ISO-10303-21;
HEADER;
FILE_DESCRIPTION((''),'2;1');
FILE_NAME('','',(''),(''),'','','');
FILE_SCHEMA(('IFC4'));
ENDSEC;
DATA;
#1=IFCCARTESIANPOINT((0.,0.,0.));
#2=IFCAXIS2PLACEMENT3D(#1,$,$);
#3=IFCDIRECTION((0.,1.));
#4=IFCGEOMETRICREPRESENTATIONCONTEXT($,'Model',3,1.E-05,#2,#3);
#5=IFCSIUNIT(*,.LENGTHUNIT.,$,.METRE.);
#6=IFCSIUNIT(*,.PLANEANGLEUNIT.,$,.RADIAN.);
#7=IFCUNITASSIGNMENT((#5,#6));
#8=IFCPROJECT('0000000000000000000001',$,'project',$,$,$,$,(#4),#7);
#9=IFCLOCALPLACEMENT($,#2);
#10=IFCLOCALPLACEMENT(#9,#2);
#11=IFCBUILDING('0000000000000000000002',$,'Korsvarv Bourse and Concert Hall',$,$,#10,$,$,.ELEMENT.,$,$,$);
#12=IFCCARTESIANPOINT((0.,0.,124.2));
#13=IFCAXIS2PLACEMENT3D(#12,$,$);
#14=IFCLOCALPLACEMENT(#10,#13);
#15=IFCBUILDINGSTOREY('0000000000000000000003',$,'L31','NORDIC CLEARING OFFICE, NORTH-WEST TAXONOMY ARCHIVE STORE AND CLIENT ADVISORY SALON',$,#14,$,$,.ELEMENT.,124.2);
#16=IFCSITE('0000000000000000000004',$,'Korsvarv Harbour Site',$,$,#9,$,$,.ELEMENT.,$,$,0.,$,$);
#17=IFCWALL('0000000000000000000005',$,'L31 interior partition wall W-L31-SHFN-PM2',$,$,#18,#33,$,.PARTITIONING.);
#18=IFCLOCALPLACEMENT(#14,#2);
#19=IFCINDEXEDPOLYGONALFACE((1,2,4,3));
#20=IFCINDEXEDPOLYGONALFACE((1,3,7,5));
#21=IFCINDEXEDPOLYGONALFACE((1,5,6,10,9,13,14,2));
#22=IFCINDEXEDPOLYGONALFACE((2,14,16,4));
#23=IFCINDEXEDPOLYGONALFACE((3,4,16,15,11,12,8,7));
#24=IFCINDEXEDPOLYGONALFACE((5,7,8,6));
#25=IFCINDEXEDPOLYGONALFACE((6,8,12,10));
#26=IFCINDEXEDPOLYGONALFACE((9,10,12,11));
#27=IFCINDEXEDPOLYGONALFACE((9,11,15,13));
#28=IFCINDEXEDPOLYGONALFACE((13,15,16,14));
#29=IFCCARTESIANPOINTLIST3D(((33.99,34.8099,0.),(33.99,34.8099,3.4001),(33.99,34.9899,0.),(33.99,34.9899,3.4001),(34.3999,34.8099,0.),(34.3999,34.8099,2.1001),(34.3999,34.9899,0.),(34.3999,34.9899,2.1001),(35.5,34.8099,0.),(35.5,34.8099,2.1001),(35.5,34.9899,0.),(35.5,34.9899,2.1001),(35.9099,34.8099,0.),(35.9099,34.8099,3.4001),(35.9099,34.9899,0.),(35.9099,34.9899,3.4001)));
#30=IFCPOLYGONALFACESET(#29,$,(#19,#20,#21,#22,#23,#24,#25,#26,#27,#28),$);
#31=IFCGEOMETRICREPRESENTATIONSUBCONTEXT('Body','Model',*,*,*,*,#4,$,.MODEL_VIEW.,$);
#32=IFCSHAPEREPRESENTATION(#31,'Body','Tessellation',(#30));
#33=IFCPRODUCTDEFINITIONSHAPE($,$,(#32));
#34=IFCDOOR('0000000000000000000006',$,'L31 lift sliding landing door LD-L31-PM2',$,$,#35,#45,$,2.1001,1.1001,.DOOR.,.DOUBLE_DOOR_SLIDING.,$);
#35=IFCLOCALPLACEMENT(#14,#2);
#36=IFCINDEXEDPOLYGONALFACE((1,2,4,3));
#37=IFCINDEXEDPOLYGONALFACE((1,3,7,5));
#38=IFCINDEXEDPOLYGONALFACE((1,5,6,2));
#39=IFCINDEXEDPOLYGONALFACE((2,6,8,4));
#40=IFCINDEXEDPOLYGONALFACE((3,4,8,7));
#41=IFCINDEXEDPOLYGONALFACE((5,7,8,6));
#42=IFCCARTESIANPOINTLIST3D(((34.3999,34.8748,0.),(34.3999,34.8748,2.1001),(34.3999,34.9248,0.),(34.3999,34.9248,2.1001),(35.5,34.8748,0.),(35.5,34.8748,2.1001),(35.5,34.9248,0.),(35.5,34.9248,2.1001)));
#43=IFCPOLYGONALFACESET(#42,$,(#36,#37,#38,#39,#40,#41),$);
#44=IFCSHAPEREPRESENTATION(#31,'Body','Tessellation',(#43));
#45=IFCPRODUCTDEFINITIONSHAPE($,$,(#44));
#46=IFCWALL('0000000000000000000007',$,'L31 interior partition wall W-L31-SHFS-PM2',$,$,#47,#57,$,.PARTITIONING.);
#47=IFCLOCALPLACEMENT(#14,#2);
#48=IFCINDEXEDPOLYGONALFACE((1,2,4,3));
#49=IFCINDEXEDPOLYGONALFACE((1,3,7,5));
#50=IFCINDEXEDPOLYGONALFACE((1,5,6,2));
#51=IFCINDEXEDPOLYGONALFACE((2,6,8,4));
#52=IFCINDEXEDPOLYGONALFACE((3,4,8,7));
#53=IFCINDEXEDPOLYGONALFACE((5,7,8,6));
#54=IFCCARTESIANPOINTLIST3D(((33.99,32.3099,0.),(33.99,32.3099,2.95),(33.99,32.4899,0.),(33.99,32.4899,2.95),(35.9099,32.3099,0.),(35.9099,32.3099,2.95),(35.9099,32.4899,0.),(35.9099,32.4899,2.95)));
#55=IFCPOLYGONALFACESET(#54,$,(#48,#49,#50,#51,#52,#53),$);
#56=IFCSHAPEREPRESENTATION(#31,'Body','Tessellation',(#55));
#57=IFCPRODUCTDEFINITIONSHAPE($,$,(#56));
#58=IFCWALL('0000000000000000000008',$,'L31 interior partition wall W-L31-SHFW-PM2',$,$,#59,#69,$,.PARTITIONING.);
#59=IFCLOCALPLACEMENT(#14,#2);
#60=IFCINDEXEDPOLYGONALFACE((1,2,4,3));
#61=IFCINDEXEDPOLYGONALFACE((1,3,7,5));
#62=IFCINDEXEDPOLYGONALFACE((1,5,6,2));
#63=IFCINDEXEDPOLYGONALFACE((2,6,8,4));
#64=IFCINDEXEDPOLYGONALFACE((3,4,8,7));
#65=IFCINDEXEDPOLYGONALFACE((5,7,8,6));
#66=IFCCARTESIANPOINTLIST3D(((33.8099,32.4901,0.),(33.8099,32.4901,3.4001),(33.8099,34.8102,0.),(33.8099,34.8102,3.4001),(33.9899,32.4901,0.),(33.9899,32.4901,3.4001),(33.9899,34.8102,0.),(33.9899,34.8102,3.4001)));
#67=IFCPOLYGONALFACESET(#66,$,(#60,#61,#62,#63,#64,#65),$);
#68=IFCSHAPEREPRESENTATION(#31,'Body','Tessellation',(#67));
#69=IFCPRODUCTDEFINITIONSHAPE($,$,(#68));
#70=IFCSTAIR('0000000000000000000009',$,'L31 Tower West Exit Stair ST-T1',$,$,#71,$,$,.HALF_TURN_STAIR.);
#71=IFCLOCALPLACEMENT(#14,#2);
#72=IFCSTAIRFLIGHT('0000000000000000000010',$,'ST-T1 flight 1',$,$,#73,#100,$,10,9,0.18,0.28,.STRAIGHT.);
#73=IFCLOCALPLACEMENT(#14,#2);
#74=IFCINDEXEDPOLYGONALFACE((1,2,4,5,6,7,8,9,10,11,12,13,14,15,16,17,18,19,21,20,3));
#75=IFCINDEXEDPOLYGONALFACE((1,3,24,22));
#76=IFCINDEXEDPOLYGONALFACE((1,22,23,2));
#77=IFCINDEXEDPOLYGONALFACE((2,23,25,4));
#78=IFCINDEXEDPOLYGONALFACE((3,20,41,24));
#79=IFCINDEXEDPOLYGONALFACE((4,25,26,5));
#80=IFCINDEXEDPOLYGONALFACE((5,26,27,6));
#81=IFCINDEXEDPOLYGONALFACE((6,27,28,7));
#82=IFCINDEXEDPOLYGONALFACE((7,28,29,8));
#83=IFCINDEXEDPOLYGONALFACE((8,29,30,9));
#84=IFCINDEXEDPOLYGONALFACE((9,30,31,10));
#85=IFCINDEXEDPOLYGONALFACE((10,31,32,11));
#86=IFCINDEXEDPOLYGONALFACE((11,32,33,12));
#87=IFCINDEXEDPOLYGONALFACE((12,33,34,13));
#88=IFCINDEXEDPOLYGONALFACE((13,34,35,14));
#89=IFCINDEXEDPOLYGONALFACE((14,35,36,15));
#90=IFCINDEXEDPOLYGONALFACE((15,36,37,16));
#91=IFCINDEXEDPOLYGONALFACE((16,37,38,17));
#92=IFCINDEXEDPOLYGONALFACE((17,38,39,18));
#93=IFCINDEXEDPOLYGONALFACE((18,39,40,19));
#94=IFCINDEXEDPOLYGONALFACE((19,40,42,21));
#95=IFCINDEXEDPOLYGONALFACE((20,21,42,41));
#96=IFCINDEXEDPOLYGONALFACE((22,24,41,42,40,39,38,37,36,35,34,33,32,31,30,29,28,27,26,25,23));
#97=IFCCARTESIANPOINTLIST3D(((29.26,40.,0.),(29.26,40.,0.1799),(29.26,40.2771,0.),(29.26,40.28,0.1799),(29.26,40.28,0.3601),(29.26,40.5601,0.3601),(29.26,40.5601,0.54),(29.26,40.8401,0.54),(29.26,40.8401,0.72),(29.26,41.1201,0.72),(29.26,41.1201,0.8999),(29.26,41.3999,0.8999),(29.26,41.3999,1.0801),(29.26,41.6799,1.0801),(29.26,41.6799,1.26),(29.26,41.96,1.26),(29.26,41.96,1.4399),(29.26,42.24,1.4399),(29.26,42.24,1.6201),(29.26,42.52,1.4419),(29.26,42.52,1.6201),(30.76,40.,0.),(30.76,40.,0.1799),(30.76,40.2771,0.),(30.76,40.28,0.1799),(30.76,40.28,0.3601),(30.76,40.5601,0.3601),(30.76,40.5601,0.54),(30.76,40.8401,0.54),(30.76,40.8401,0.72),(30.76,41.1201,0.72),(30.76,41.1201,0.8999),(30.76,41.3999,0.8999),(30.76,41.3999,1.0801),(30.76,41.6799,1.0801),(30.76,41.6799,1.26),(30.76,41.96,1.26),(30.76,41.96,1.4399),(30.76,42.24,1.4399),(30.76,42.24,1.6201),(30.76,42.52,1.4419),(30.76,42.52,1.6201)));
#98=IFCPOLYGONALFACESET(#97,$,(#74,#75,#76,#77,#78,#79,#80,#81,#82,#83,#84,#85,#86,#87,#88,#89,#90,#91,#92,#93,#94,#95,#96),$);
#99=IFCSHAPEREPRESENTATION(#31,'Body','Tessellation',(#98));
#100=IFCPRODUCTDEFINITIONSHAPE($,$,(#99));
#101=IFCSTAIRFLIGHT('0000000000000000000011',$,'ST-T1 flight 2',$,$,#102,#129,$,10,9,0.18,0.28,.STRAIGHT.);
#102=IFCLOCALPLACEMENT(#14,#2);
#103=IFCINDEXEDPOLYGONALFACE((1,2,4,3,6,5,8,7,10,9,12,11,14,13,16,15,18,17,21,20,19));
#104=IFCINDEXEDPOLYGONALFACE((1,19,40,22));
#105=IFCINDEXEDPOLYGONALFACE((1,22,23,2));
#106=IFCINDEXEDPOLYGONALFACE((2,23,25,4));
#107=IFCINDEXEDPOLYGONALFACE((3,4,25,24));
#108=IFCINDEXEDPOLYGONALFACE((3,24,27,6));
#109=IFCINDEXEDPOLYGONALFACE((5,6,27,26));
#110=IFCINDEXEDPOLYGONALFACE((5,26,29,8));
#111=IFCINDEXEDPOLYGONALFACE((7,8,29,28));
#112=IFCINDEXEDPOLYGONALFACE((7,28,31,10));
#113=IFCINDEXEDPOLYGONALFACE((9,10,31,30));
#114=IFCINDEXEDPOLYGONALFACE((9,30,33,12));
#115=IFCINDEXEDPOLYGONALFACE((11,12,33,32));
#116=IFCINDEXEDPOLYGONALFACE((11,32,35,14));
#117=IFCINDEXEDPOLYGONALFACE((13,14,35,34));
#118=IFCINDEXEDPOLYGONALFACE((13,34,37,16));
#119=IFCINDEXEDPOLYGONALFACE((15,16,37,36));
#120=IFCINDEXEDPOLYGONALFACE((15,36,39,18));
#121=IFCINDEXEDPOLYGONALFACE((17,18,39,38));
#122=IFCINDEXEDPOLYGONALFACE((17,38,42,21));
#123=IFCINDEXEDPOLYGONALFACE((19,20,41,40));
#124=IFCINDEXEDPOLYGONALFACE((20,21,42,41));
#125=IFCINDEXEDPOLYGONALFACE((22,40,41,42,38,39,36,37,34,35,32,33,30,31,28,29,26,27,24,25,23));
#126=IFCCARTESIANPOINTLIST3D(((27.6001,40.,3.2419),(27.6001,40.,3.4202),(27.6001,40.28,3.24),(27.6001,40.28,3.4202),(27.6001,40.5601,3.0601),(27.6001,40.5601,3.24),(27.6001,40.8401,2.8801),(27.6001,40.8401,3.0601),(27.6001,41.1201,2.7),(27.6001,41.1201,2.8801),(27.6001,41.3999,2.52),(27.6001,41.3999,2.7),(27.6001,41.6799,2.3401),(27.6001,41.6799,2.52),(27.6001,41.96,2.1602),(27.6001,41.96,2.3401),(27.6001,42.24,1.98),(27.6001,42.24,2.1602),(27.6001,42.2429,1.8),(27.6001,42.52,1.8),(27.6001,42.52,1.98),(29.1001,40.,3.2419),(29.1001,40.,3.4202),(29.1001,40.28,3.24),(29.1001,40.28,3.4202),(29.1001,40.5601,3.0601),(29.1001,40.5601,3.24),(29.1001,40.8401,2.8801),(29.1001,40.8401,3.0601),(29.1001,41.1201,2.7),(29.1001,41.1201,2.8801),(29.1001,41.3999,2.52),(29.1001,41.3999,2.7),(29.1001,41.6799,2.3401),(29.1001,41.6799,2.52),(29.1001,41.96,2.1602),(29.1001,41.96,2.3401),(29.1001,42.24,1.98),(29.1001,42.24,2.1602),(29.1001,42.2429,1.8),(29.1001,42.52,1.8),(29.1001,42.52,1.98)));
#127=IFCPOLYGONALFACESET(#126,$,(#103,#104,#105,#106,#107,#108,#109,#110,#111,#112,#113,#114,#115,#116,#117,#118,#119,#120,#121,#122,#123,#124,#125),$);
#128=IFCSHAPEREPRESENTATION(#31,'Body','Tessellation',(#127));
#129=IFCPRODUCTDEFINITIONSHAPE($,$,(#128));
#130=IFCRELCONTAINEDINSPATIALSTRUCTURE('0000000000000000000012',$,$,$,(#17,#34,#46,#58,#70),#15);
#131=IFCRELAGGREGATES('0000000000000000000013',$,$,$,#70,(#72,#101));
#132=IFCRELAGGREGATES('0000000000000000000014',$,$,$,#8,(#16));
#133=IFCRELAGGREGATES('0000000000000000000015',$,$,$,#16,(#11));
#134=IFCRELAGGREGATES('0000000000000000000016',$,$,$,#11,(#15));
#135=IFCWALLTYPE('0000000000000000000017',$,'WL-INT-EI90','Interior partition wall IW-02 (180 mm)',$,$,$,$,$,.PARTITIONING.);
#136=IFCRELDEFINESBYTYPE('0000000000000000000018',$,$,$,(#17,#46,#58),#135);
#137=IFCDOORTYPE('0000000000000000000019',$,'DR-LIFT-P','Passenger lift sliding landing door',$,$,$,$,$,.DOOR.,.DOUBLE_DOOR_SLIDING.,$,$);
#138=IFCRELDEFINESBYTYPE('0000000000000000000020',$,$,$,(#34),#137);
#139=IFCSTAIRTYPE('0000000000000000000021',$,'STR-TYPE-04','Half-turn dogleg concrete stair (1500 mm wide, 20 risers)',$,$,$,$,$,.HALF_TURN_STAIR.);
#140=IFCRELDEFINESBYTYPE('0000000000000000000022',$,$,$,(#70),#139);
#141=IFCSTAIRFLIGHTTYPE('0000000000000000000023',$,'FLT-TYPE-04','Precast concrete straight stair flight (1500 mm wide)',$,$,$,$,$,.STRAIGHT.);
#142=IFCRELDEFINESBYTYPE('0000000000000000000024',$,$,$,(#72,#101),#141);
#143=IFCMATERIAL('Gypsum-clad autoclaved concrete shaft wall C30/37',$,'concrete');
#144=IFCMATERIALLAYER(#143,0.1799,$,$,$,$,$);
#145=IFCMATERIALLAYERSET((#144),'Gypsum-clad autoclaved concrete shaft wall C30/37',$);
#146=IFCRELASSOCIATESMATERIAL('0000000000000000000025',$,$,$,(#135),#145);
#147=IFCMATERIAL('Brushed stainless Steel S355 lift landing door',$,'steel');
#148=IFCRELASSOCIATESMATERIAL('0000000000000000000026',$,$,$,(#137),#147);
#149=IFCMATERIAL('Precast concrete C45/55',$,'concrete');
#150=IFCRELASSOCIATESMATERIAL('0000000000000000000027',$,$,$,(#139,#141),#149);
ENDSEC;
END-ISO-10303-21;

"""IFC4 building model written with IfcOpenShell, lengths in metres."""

from ifc_helpers import new_model, si_unit, direction, frame, frame_2d, origin, place, context, subcontext, project, spatial, polyline, rectangle, outline, extrude, material, layer, layer_set, type_object, element, fill, aggregate, save


model = new_model("IFC4")

# Units and contexts
model_context = context("Model", 3, precision=1e-05, world=origin(), true_north=direction((0.0, 1.0)))
body_context = subcontext(model_context, "Body", "Model", "MODEL_VIEW")
ifc_project = project(units=[si_unit("LENGTHUNIT", "METRE"), si_unit("PLANEANGLEUNIT", "RADIAN")], contexts=[model_context])

# Site, building, storey
site_placement = place(None, origin())
site = spatial("IfcSite", under=ifc_project, at=site_placement, Name="Korsvarv Harbour Site", CompositionType="ELEMENT", RefElevation=0.0)
building_placement = place(site_placement, origin())
building = spatial("IfcBuilding", under=site, at=building_placement, Name="Korsvarv Bourse and Concert Hall", CompositionType="ELEMENT")
storey_placement = place(building_placement, frame((0.0, 0.0, 124.2)))
storey = spatial("IfcBuildingStorey", under=building, at=storey_placement, Name="L31", Description="NORDIC CLEARING OFFICE, NORTH-WEST TAXONOMY ARCHIVE STORE AND CLIENT ADVISORY SALON", CompositionType="ELEMENT", Elevation=124.2)

# Shared definitions
ifc_material_1 = material(Name="Gypsum-clad autoclaved concrete shaft wall C30/37", Category="concrete")
ifc_layer_1 = layer(ifc_material_1, 0.1799)
ifc_layer_set_1 = layer_set([ifc_layer_1], Name="Gypsum-clad autoclaved concrete shaft wall C30/37")
wall_type_1 = type_object("IfcWallType", Name="WL-INT-EI90", Description="Interior partition wall IW-02 (180 mm)", PredefinedType="PARTITIONING", material=ifc_layer_set_1)
ifc_material_2 = material(Name="Brushed stainless Steel S355 lift landing door", Category="steel")
door_type_1 = type_object("IfcDoorType", Name="DR-LIFT-P", Description="Passenger lift sliding landing door", OperationType="DOUBLE_DOOR_SLIDING", PredefinedType="DOOR", material=ifc_material_2)

# Wall, opening, door
wall_1_placement = place(storey_placement, frame((33.99, 34.8999, 0.0), z_axis=(0.0, 0.0, 1.0), x_axis=(1.0, 0.0, 0.0)))
wall_1 = element("IfcWall", 1, at=wall_1_placement, inside=storey, type_object=wall_type_1, Name="L31 interior partition wall W-L31-SHFN-PM2", PredefinedType="PARTITIONING", context=body_context, shape_type="SweptSolid", body=[
    extrude(rectangle(XDim=1.9199, YDim=0.1799, at=frame_2d((0.96, 0.0))), origin(), (0.0, 0.0, 1.0), 3.4001),
])
opening_1_placement = place(wall_1_placement, frame((0.4099, 0.0, 0.0)))
opening_1 = element("IfcOpeningElement", 2, at=opening_1_placement, cuts=wall_1, PredefinedType="OPENING", context=body_context, shape_type="SweptSolid", body=[
    extrude(rectangle(XDim=1.1001, YDim=2.1001, at=frame_2d((0.55, 1.05))), frame((0.0, 0.1001, 0.0), z_axis=(0.0, -1.0, 0.0), x_axis=(1.0, 0.0, 0.0)), (0.0, 0.0, 1.0), 0.2),
])
door_1_placement = place(opening_1_placement, origin())
door_1 = element("IfcDoor", 3, at=door_1_placement, inside=storey, type_object=door_type_1, Name="L31 lift sliding landing door LD-L31-PM2", OperationType="DOUBLE_DOOR_SLIDING", OverallHeight=2.1001, OverallWidth=1.1001, PredefinedType="DOOR", context=body_context, shape_type="SweptSolid", body=[
    extrude(rectangle(XDim=1.1001, YDim=2.1001, at=frame_2d((0.55, 1.05))), frame((0.0, 0.0249, 0.0), z_axis=(0.0, -1.0, 0.0), x_axis=(1.0, 0.0, 0.0)), (0.0, 0.0, 1.0), 0.05),
])
fill(opening_1, door_1)

# Walls
wall_2_placement = place(storey_placement, frame((33.99, 32.3999, 0.0), z_axis=(0.0, 0.0, 1.0), x_axis=(1.0, 0.0, 0.0)))
element("IfcWall", 4, at=wall_2_placement, inside=storey, type_object=wall_type_1, Name="L31 interior partition wall W-L31-SHFS-PM2", PredefinedType="PARTITIONING", context=body_context, shape_type="SweptSolid", body=[
    extrude(rectangle(XDim=1.9199, YDim=0.1799, at=frame_2d((0.96, 0.0))), origin(), (0.0, 0.0, 1.0), 2.95),
])
wall_3_placement = place(storey_placement, frame((33.8999, 32.49, 0.0), z_axis=(0.0, 0.0, 1.0), x_axis=(0.0, 1.0, 0.0)))
element("IfcWall", 5, at=wall_3_placement, inside=storey, type_object=wall_type_1, Name="L31 interior partition wall W-L31-SHFW-PM2", PredefinedType="PARTITIONING", context=body_context, shape_type="SweptSolid", body=[
    extrude(rectangle(XDim=2.3201, YDim=0.1799, at=frame_2d((1.1602, 0.0))), origin(), (0.0, 0.0, 1.0), 3.4001),
])

# Stair, stair flights
ifc_material_3 = material(Name="Precast concrete C45/55", Category="concrete")
stair_type = type_object("IfcStairType", Name="STR-TYPE-04", Description="Half-turn dogleg concrete stair (1500 mm wide, 20 risers)", PredefinedType="HALF_TURN_STAIR", material=ifc_material_3)
stair_placement = place(storey_placement, origin())
stair = element("IfcStair", 6, at=stair_placement, inside=storey, type_object=stair_type, Name="L31 Tower West Exit Stair ST-T1", PredefinedType="HALF_TURN_STAIR")
stair_flight_type = type_object("IfcStairFlightType", Name="FLT-TYPE-04", Description="Precast concrete straight stair flight (1500 mm wide)", PredefinedType="STRAIGHT", material=ifc_material_3)
stair_flight_1_placement = place(storey_placement, frame((30.01, 40.0, 0.0), z_axis=(0.0, 0.0, 1.0), x_axis=(0.0, 1.0, 0.0)))
stair_flight_1 = element("IfcStairFlight", 7, at=stair_flight_1_placement, type_object=stair_flight_type, Name="ST-T1 flight 1", NumberOfRisers=10, NumberOfTreads=9, PredefinedType="STRAIGHT", RiserHeight=0.18, TreadLength=0.28, context=body_context, shape_type="SweptSolid", body=[
    extrude(outline(polyline([(0.0, 0.0), (0.0, 0.1799), (0.28, 0.1799), (0.28, 0.3601), (0.5601, 0.3601), (0.5601, 0.54), (0.8401, 0.54), (0.8401, 0.72), (1.1201, 0.72), (1.1201, 0.8999), (1.3999, 0.8999), (1.3999, 1.0801), (1.6799, 1.0801), (1.6799, 1.26), (1.96, 1.26), (1.96, 1.4399), (2.24, 1.4399), (2.24, 1.6201), (2.52, 1.6201), (2.52, 1.8), (2.52, 1.4419), (0.2771, 0.0), (0.0, 0.0)])), frame((0.0, 0.75, 0.0), z_axis=(0.0, -1.0, 0.0), x_axis=(1.0, 0.0, 0.0)), (0.0, 0.0, 1.0), 1.5),
])
stair_flight_2_placement = place(storey_placement, frame((28.3501, 42.52, 1.8), z_axis=(0.0, 0.0, 1.0), x_axis=(0.0, -1.0, 0.0)))
stair_flight_2 = element("IfcStairFlight", 8, at=stair_flight_2_placement, type_object=stair_flight_type, Name="ST-T1 flight 2", NumberOfRisers=10, NumberOfTreads=9, PredefinedType="STRAIGHT", RiserHeight=0.18, TreadLength=0.28, context=body_context, shape_type="SweptSolid", body=[
    extrude(outline(polyline([(0.0, 0.0), (0.0, 0.1799), (0.28, 0.1799), (0.28, 0.3601), (0.5601, 0.3601), (0.5601, 0.54), (0.8401, 0.54), (0.8401, 0.72), (1.1201, 0.72), (1.1201, 0.8999), (1.3999, 0.8999), (1.3999, 1.0801), (1.6799, 1.0801), (1.6799, 1.26), (1.96, 1.26), (1.96, 1.4399), (2.24, 1.4399), (2.24, 1.6201), (2.52, 1.6201), (2.52, 1.8), (2.52, 1.4419), (0.2771, 0.0), (0.0, 0.0)])), frame((0.0, 0.75, 0.0), z_axis=(0.0, -1.0, 0.0), x_axis=(1.0, 0.0, 0.0)), (0.0, 0.0, 1.0), 1.5),
])
aggregate(stair, [stair_flight_1, stair_flight_2])

save(model, "model.ifc")
